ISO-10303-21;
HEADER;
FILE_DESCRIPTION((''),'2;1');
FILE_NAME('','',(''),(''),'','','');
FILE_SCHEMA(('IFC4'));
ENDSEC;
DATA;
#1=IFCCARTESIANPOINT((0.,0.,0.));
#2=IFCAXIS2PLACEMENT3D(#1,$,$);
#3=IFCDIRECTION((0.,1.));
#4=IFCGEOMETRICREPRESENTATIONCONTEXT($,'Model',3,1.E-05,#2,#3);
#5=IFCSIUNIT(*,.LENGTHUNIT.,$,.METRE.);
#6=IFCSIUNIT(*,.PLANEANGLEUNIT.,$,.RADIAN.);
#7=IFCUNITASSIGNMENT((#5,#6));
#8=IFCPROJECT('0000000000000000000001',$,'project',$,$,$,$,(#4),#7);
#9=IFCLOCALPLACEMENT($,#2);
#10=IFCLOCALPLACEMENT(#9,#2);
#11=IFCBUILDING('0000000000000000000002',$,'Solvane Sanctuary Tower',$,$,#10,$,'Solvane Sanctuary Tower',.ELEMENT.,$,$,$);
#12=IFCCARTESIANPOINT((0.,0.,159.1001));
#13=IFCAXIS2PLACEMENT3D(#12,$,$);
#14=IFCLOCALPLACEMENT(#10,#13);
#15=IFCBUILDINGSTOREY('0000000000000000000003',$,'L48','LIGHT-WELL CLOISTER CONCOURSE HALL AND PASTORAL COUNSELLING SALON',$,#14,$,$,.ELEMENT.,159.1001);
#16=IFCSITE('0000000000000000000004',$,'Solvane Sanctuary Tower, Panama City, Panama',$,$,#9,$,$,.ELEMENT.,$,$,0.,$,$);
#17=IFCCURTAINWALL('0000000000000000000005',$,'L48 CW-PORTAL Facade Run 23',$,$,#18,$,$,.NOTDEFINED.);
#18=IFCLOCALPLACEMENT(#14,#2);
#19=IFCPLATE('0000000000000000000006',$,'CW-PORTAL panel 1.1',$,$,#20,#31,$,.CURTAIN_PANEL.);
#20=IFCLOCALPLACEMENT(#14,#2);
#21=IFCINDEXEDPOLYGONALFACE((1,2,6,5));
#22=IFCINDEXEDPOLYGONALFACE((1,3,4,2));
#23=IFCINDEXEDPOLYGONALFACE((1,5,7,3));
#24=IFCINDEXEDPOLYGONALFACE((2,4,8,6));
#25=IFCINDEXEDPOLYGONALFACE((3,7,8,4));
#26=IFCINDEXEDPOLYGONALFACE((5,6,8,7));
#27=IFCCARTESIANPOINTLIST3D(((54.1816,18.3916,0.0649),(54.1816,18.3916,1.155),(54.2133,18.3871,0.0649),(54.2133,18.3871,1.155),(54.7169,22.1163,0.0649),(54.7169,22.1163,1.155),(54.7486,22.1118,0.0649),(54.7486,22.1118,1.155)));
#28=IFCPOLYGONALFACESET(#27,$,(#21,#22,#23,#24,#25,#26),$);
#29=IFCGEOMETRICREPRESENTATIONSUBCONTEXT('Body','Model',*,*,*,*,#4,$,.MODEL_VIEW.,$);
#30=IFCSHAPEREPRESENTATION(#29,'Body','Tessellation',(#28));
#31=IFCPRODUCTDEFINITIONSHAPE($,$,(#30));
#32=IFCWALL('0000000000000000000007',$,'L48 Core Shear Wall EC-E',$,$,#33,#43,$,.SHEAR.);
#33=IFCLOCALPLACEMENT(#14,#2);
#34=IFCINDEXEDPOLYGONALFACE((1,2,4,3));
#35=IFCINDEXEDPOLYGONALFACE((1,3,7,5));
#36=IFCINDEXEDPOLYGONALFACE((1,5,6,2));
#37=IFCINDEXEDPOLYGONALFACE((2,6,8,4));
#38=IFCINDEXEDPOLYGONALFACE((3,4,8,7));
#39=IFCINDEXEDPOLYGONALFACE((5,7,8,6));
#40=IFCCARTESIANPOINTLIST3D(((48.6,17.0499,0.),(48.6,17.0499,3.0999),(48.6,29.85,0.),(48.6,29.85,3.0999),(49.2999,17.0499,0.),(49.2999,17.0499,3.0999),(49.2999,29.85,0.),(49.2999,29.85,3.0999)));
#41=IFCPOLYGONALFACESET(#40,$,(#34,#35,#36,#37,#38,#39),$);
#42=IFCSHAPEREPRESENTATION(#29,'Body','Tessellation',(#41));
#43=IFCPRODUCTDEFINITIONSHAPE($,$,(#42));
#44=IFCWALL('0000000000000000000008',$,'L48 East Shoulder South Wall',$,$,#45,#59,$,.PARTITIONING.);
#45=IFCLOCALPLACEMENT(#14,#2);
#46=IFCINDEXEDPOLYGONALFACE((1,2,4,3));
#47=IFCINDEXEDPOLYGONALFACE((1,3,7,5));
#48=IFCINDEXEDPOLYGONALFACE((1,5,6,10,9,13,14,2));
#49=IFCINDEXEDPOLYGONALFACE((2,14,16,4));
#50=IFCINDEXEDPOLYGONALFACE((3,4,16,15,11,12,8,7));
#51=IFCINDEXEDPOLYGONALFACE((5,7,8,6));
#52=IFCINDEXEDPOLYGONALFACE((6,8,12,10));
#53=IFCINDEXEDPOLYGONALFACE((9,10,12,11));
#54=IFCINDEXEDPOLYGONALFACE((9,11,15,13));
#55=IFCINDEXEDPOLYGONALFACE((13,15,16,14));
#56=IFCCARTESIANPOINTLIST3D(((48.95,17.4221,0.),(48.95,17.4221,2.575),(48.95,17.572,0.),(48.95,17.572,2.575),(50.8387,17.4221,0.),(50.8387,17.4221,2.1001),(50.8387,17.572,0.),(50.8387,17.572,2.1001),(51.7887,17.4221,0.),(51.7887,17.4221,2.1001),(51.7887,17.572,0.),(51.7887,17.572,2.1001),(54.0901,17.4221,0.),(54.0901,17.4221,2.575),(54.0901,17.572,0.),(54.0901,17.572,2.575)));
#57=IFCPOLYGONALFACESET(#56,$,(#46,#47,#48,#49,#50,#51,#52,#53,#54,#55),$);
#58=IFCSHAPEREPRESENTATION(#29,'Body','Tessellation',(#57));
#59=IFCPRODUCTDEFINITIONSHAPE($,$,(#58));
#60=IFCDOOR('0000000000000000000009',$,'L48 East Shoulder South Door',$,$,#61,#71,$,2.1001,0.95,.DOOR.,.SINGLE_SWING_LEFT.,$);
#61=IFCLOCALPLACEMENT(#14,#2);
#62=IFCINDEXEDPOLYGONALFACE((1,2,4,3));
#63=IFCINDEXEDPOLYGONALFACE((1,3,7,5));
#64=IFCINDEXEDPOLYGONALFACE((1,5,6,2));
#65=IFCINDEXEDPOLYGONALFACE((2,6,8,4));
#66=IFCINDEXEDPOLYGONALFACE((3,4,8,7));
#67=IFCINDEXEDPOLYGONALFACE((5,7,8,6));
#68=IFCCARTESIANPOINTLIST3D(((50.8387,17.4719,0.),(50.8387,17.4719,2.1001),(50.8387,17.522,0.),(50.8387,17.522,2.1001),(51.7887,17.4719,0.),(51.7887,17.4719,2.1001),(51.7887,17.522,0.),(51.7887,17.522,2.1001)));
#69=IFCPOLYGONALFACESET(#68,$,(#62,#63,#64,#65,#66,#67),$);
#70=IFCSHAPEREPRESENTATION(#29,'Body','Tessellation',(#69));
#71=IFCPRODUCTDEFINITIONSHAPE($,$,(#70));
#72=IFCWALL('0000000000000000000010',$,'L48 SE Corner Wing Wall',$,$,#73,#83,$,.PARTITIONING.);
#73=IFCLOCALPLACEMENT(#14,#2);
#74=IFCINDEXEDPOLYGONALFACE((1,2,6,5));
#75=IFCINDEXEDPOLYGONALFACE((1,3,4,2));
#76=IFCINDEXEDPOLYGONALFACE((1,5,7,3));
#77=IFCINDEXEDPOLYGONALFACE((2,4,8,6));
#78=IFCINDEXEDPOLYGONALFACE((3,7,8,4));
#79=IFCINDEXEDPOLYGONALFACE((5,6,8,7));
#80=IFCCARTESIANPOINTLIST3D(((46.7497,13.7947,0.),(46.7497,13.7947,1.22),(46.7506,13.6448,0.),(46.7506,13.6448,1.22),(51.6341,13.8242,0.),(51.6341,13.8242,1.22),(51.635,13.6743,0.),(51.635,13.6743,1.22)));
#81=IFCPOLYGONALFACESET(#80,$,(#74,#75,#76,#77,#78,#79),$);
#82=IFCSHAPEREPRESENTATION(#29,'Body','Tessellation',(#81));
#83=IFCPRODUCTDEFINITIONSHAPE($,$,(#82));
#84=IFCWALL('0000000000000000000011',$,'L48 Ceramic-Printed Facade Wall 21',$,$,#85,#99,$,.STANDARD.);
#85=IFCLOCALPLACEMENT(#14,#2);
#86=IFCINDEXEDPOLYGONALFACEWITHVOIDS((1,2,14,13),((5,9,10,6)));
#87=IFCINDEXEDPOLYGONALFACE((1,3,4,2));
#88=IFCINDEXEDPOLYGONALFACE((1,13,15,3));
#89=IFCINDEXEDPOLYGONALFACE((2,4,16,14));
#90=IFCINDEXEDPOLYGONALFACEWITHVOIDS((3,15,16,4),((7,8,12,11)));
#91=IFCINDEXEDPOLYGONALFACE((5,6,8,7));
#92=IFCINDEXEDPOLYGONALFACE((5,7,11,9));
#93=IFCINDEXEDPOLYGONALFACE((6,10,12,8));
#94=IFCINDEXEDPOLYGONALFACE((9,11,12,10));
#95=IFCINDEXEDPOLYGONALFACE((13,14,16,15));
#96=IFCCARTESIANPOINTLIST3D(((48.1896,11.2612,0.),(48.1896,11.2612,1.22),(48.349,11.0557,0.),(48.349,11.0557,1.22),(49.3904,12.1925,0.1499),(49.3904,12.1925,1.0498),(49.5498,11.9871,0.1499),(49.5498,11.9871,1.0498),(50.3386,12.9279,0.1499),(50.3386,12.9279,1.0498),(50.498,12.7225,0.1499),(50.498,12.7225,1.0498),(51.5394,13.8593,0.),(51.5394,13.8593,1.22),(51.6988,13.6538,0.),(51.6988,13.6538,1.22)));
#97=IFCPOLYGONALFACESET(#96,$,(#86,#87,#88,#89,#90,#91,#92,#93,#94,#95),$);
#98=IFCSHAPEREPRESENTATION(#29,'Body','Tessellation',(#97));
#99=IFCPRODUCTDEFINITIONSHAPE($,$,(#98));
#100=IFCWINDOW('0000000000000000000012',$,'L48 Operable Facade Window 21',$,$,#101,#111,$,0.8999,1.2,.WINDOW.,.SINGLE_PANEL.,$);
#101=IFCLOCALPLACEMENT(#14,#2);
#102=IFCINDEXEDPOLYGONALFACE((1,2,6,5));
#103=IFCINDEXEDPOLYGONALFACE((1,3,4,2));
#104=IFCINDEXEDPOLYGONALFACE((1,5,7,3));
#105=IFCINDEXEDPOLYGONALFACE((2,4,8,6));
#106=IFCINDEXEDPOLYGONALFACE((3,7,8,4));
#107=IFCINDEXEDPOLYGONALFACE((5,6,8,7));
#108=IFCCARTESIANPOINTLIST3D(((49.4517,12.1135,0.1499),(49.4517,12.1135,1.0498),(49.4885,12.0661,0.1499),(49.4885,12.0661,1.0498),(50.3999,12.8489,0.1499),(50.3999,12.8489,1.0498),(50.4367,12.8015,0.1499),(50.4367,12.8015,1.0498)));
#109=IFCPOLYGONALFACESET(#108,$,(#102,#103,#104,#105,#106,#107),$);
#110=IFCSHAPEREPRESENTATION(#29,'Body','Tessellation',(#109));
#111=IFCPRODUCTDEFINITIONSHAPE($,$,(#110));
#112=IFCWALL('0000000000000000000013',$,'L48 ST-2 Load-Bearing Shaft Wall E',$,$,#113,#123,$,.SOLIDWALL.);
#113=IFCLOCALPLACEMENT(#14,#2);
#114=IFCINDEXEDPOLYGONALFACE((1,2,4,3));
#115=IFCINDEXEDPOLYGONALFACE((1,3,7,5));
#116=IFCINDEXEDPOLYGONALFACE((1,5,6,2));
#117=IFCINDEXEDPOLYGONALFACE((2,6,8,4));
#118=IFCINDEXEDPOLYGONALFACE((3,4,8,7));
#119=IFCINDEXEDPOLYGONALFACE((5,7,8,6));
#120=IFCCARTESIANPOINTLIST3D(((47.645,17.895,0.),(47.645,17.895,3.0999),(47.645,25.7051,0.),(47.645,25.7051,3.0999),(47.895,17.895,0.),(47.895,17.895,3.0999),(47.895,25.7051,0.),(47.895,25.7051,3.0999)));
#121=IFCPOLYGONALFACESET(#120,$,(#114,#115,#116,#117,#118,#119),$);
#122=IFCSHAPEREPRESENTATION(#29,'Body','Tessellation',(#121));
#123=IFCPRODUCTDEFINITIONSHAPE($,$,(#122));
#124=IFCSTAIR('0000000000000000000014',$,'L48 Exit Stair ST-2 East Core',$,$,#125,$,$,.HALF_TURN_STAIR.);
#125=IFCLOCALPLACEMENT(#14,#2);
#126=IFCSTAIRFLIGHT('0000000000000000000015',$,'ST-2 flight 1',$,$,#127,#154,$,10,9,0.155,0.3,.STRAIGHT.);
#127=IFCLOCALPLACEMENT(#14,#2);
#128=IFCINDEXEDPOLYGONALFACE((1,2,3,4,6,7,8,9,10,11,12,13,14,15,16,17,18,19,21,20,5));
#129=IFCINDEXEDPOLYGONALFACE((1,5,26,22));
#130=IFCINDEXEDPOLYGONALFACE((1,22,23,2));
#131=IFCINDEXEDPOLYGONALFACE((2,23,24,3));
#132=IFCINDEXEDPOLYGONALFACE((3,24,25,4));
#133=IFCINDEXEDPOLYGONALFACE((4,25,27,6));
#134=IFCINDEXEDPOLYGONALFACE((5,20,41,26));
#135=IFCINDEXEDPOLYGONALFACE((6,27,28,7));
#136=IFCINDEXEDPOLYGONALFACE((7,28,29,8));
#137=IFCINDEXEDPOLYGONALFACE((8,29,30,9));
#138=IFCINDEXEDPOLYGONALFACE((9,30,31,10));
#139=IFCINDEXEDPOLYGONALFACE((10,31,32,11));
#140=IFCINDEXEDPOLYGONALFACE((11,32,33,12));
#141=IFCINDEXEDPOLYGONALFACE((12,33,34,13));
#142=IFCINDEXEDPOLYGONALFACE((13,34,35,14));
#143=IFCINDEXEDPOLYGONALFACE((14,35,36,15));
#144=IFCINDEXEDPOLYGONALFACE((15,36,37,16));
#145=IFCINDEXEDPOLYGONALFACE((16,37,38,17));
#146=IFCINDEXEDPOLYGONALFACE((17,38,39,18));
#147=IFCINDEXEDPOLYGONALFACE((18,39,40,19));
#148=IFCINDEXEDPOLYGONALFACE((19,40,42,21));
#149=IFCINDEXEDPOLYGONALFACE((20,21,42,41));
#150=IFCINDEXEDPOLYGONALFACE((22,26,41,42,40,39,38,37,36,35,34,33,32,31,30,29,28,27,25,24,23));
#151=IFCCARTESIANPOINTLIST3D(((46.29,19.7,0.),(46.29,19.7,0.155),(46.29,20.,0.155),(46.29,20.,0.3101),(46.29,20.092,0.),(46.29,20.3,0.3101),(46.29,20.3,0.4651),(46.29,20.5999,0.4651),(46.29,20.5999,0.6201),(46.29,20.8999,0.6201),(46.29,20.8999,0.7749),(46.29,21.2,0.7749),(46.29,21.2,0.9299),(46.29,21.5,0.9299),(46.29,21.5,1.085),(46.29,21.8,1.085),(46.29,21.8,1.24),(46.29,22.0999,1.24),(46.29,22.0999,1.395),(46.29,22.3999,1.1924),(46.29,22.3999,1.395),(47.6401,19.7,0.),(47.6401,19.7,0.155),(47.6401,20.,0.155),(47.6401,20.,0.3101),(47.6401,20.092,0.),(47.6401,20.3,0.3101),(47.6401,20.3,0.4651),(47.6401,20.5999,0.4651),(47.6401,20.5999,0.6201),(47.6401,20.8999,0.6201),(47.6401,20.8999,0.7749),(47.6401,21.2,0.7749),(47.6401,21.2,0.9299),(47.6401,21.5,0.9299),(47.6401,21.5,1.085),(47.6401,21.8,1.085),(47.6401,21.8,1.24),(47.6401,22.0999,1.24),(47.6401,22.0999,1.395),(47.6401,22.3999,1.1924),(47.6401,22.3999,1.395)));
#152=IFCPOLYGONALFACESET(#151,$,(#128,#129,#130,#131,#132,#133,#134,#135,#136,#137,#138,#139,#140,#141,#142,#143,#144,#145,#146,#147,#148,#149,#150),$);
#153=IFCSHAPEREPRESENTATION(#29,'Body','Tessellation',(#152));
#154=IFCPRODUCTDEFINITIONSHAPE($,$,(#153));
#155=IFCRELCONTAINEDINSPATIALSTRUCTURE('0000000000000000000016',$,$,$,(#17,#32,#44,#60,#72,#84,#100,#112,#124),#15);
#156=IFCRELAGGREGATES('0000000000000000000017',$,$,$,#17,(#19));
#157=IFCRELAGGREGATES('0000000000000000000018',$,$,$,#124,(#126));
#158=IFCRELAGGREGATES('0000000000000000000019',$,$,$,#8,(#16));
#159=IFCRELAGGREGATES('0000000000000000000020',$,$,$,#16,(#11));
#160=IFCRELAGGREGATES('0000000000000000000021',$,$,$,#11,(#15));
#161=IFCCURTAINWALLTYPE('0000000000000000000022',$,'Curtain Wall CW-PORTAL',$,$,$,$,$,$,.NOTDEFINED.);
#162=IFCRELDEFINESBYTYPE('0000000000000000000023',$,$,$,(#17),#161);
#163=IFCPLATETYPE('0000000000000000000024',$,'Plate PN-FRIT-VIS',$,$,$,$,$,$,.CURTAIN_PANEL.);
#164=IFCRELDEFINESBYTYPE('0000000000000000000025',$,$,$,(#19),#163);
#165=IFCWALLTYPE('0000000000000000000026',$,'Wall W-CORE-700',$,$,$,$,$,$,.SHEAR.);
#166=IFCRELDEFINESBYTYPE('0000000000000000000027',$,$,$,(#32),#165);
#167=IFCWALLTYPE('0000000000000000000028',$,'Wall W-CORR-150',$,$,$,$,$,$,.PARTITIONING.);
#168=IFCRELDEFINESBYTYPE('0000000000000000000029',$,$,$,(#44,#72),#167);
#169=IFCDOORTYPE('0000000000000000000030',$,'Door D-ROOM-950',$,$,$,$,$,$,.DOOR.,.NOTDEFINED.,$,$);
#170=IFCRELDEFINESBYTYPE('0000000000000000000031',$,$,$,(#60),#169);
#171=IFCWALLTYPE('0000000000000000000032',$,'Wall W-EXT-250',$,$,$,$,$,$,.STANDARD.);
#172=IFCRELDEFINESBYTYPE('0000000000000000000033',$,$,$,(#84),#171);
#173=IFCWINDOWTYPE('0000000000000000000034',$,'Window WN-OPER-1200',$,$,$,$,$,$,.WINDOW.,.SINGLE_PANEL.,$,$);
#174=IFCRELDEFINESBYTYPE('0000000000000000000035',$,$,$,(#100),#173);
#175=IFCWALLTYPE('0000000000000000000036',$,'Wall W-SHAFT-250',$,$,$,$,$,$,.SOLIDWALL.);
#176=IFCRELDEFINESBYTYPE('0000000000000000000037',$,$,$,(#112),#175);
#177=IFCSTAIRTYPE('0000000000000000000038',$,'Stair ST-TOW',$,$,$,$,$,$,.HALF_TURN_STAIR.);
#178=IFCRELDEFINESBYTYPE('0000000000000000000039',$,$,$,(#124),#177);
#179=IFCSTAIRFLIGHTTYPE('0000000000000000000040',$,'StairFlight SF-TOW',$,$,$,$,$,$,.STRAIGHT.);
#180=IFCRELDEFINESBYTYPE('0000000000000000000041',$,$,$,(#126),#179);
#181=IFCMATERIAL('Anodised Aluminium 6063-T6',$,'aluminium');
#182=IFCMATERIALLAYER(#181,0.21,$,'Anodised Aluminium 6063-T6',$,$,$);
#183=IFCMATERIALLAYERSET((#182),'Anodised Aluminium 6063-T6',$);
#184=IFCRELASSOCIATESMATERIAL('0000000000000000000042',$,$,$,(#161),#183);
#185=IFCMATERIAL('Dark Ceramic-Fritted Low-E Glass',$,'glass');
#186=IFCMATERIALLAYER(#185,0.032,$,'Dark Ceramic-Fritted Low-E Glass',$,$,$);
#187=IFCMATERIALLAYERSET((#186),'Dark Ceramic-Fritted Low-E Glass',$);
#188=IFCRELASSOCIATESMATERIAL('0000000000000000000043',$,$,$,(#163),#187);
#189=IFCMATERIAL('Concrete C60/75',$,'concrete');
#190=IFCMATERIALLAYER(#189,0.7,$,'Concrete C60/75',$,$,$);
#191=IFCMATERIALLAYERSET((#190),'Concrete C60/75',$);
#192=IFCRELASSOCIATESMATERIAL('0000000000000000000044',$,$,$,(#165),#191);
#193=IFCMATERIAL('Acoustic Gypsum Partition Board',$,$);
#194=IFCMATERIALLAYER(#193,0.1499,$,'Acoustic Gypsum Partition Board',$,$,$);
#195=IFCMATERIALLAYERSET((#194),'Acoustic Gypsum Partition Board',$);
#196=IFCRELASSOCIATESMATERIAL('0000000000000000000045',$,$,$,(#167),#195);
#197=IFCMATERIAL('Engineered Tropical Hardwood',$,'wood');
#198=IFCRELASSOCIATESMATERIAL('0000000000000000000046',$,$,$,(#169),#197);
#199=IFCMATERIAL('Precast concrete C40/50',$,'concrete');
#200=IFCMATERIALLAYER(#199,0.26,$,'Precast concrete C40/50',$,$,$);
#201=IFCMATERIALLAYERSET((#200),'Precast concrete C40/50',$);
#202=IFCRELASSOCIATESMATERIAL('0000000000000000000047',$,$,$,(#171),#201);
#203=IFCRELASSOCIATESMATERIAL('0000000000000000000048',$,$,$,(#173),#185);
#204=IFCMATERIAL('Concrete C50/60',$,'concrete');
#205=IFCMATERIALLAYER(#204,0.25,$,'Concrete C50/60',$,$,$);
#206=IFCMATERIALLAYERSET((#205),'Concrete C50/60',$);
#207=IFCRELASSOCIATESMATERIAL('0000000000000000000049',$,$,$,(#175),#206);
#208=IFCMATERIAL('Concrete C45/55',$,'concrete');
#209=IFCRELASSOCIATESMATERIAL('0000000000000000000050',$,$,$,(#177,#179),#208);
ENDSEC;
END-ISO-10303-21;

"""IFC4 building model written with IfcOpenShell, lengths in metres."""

from ifc_helpers import new_model, si_unit, direction, frame, frame_2d, origin, origin_2d, place, context, subcontext, project, spatial, polyline, rectangle, outline, extrude, material, layer, layer_set, type_object, element, fill, aggregate, save


model = new_model("IFC4")

# Units and contexts
model_context = context("Model", 3, precision=1e-05, world=origin(), true_north=direction((0.0, 1.0)))
body_context = subcontext(model_context, "Body", "Model", "MODEL_VIEW")
ifc_project = project(units=[si_unit("LENGTHUNIT", "METRE"), si_unit("PLANEANGLEUNIT", "RADIAN")], contexts=[model_context])

# Site, building, storey
site_placement = place(None, origin())
site = spatial("IfcSite", under=ifc_project, at=site_placement, Name="Solvane Sanctuary Tower, Panama City, Panama", CompositionType="ELEMENT", RefElevation=0.0)
building_placement = place(site_placement, origin())
building = spatial("IfcBuilding", under=site, at=building_placement, Name="Solvane Sanctuary Tower", LongName="Solvane Sanctuary Tower", CompositionType="ELEMENT")
storey_placement = place(building_placement, frame((0.0, 0.0, 159.1001)))
storey = spatial("IfcBuildingStorey", under=building, at=storey_placement, Name="L48", Description="LIGHT-WELL CLOISTER CONCOURSE HALL AND PASTORAL COUNSELLING SALON", CompositionType="ELEMENT", Elevation=159.1001)

# Shared definitions
ifc_material_1 = material(Name="Concrete C60/75", Category="concrete")

# Shared definitions
ifc_material_2 = material(Name="Anodised Aluminium 6063-T6", Category="aluminium")
ifc_layer_1 = layer(ifc_material_2, 0.21, Name="Anodised Aluminium 6063-T6")
ifc_layer_set_1 = layer_set([ifc_layer_1], Name="Anodised Aluminium 6063-T6")
curtain_wall_type = type_object("IfcCurtainWallType", Name="Curtain Wall CW-PORTAL", PredefinedType="NOTDEFINED", material=ifc_layer_set_1)

# Curtain wall
curtain_wall_1_placement = place(storey_placement, origin())
curtain_wall_1 = element("IfcCurtainWall", 1, at=curtain_wall_1_placement, inside=storey, type_object=curtain_wall_type, Name="L48 CW-PORTAL Facade Run 23", PredefinedType="NOTDEFINED")

# Plate
ifc_material_3 = material(Name="Dark Ceramic-Fritted Low-E Glass", Category="glass")
ifc_layer_2 = layer(ifc_material_3, 0.032, Name="Dark Ceramic-Fritted Low-E Glass")
ifc_layer_set_2 = layer_set([ifc_layer_2], Name="Dark Ceramic-Fritted Low-E Glass")
plate_type = type_object("IfcPlateType", Name="Plate PN-FRIT-VIS", PredefinedType="CURTAIN_PANEL", material=ifc_layer_set_2)
plate_1_placement = place(storey_placement, frame((54.4651, 20.2517, 0.0649), z_axis=(0.0, 0.0, 1.0), x_axis=(0.142248, 0.989831, 0.0)))
plate_1 = element("IfcPlate", 2, at=plate_1_placement, type_object=plate_type, Name="CW-PORTAL panel 1.1", PredefinedType="CURTAIN_PANEL", context=body_context, shape_type="SweptSolid", body=[
    extrude(rectangle(XDim=3.7629, YDim=0.032, at=origin_2d()), origin(), (0.0, 0.0, 1.0), 1.0901),
])
aggregate(curtain_wall_1, [plate_1])

# Wall
ifc_layer_3 = layer(ifc_material_1, 0.7, Name="Concrete C60/75")
ifc_layer_set_3 = layer_set([ifc_layer_3], Name="Concrete C60/75")
wall_type_1 = type_object("IfcWallType", Name="Wall W-CORE-700", PredefinedType="SHEAR", material=ifc_layer_set_3)
wall_1_placement = place(storey_placement, frame((48.95, 17.05, 0.0), z_axis=(0.0, 0.0, 1.0), x_axis=(0.0, 1.0, 0.0)))
element("IfcWall", 3, at=wall_1_placement, inside=storey, type_object=wall_type_1, Name="L48 Core Shear Wall EC-E", PredefinedType="SHEAR", context=body_context, shape_type="SweptSolid", body=[
    extrude(rectangle(XDim=12.8, YDim=0.7, at=frame_2d((6.3999, 0.0))), origin(), (0.0, 0.0, 1.0), 3.0999),
])

# Wall, opening, door
ifc_material_4 = material(Name="Acoustic Gypsum Partition Board")
ifc_layer_4 = layer(ifc_material_4, 0.1499, Name="Acoustic Gypsum Partition Board")
ifc_layer_set_4 = layer_set([ifc_layer_4], Name="Acoustic Gypsum Partition Board")
wall_type_2 = type_object("IfcWallType", Name="Wall W-CORR-150", PredefinedType="PARTITIONING", material=ifc_layer_set_4)
wall_2_placement = place(storey_placement, frame((48.95, 17.4971, 0.0), z_axis=(0.0, 0.0, 1.0), x_axis=(1.0, 0.0, 0.0)))
wall_2 = element("IfcWall", 4, at=wall_2_placement, inside=storey, type_object=wall_type_2, Name="L48 East Shoulder South Wall", PredefinedType="PARTITIONING", context=body_context, shape_type="SweptSolid", body=[
    extrude(rectangle(XDim=5.1401, YDim=0.1499, at=frame_2d((2.5701, 0.0))), origin(), (0.0, 0.0, 1.0), 2.575),
])
opening_1_placement = place(wall_2_placement, frame((1.8887, 0.0, 0.0)))
opening_1 = element("IfcOpeningElement", 5, at=opening_1_placement, cuts=wall_2, PredefinedType="OPENING", context=body_context, shape_type="SweptSolid", body=[
    extrude(rectangle(XDim=0.95, YDim=2.1001, at=frame_2d((0.4751, 1.05))), frame((0.0, 0.085, 0.0), z_axis=(0.0, -1.0, 0.0), x_axis=(1.0, 0.0, 0.0)), (0.0, 0.0, 1.0), 0.1699),
])
ifc_material_5 = material(Name="Engineered Tropical Hardwood", Category="wood")
door_type = type_object("IfcDoorType", Name="Door D-ROOM-950", OperationType="NOTDEFINED", PredefinedType="DOOR", material=ifc_material_5)
door_placement = place(opening_1_placement, origin())
door = element("IfcDoor", 6, at=door_placement, inside=storey, type_object=door_type, Name="L48 East Shoulder South Door", OperationType="SINGLE_SWING_LEFT", OverallHeight=2.1001, OverallWidth=0.95, PredefinedType="DOOR", context=body_context, shape_type="SweptSolid", body=[
    extrude(rectangle(XDim=0.95, YDim=2.1001, at=frame_2d((0.4751, 1.05))), frame((0.0, 0.0249, 0.0), z_axis=(0.0, -1.0, 0.0), x_axis=(1.0, 0.0, 0.0)), (0.0, 0.0, 1.0), 0.05),
])
fill(opening_1, door)

# Wall
wall_3_placement = place(storey_placement, frame((46.75, 13.7197, 0.0), z_axis=(0.0, 0.0, 1.0), x_axis=(0.999982, 0.006048, 0.0)))
element("IfcWall", 7, at=wall_3_placement, inside=storey, type_object=wall_type_2, Name="L48 SE Corner Wing Wall", PredefinedType="PARTITIONING", context=body_context, shape_type="SweptSolid", body=[
    extrude(rectangle(XDim=4.8845, YDim=0.1499, at=frame_2d((2.4424, 0.0))), origin(), (0.0, 0.0, 1.0), 1.22),
])

# Wall, opening, window
ifc_material_6 = material(Name="Precast concrete C40/50", Category="concrete")
ifc_layer_5 = layer(ifc_material_6, 0.26, Name="Precast concrete C40/50")
ifc_layer_set_5 = layer_set([ifc_layer_5], Name="Precast concrete C40/50")
wall_type_3 = type_object("IfcWallType", Name="Wall W-EXT-250", PredefinedType="STANDARD", material=ifc_layer_set_5)
wall_4_placement = place(storey_placement, frame((48.2693, 11.1584, 0.0), z_axis=(0.0, 0.0, 1.0), x_axis=(0.790186, 0.612868, 0.0)))
wall_4 = element("IfcWall", 8, at=wall_4_placement, inside=storey, type_object=wall_type_3, Name="L48 Ceramic-Printed Facade Wall 21", PredefinedType="STANDARD", context=body_context, shape_type="SweptSolid", body=[
    extrude(rectangle(XDim=4.2393, YDim=0.26, at=frame_2d((2.1196, 0.0))), origin(), (0.0, 0.0, 1.0), 1.22),
])
opening_2_placement = place(wall_4_placement, frame((1.5195, 0.0, 0.1499)))
opening_2 = element("IfcOpeningElement", 9, at=opening_2_placement, cuts=wall_4, PredefinedType="OPENING", context=body_context, shape_type="SweptSolid", body=[
    extrude(rectangle(XDim=1.2, YDim=0.8999, at=frame_2d((0.6001, 0.45))), frame((0.0, 0.1399, 0.0), z_axis=(0.0, -1.0, 0.0), x_axis=(1.0, 0.0, 0.0)), (0.0, 0.0, 1.0), 0.28),
])
window_type = type_object("IfcWindowType", Name="Window WN-OPER-1200", PartitioningType="SINGLE_PANEL", PredefinedType="WINDOW", material=ifc_material_3)
window_placement = place(opening_2_placement, origin())
window = element("IfcWindow", 10, at=window_placement, inside=storey, type_object=window_type, Name="L48 Operable Facade Window 21", OverallHeight=0.8999, OverallWidth=1.2, PartitioningType="SINGLE_PANEL", PredefinedType="WINDOW", context=body_context, shape_type="SweptSolid", body=[
    extrude(rectangle(XDim=1.2, YDim=0.8999, at=frame_2d((0.6001, 0.45))), frame((0.0, 0.03, 0.0), z_axis=(0.0, -1.0, 0.0), x_axis=(1.0, 0.0, 0.0)), (0.0, 0.0, 1.0), 0.0601),
])
fill(opening_2, window)

# Wall
ifc_material_7 = material(Name="Concrete C50/60", Category="concrete")
ifc_layer_6 = layer(ifc_material_7, 0.25, Name="Concrete C50/60")
ifc_layer_set_6 = layer_set([ifc_layer_6], Name="Concrete C50/60")
wall_type_4 = type_object("IfcWallType", Name="Wall W-SHAFT-250", PredefinedType="SOLIDWALL", material=ifc_layer_set_6)
wall_5_placement = place(storey_placement, frame((47.77, 17.895, 0.0), z_axis=(0.0, 0.0, 1.0), x_axis=(0.0, 1.0, 0.0)))
element("IfcWall", 11, at=wall_5_placement, inside=storey, type_object=wall_type_4, Name="L48 ST-2 Load-Bearing Shaft Wall E", PredefinedType="SOLIDWALL", context=body_context, shape_type="SweptSolid", body=[
    extrude(rectangle(XDim=7.8101, YDim=0.25, at=frame_2d((3.905, 0.0))), origin(), (0.0, 0.0, 1.0), 3.0999),
])

# Stair, stair flight
ifc_material_8 = material(Name="Concrete C45/55", Category="concrete")
stair_type = type_object("IfcStairType", Name="Stair ST-TOW", PredefinedType="HALF_TURN_STAIR", material=ifc_material_8)
stair_placement = place(storey_placement, origin())
stair = element("IfcStair", 12, at=stair_placement, inside=storey, type_object=stair_type, Name="L48 Exit Stair ST-2 East Core", PredefinedType="HALF_TURN_STAIR")
stair_flight_type = type_object("IfcStairFlightType", Name="StairFlight SF-TOW", PredefinedType="STRAIGHT", material=ifc_material_8)
stair_flight_placement = place(storey_placement, frame((46.9651, 19.7, 0.0), z_axis=(0.0, 0.0, 1.0), x_axis=(0.0, 1.0, 0.0)))
stair_flight = element("IfcStairFlight", 13, at=stair_flight_placement, type_object=stair_flight_type, Name="ST-2 flight 1", NumberOfRisers=10, NumberOfTreads=9, PredefinedType="STRAIGHT", RiserHeight=0.155, TreadLength=0.3, context=body_context, shape_type="SweptSolid", body=[
    extrude(outline(polyline([(0.0, 0.0), (0.0, 0.155), (0.3, 0.155), (0.3, 0.3101), (0.6001, 0.3101), (0.6001, 0.4651), (0.8999, 0.4651), (0.8999, 0.6201), (1.2, 0.6201), (1.2, 0.7749), (1.5, 0.7749), (1.5, 0.9299), (1.8, 0.9299), (1.8, 1.085), (2.1001, 1.085), (2.1001, 1.24), (2.3999, 1.24), (2.3999, 1.395), (2.7, 1.395), (2.7, 1.55), (2.7, 1.1924), (0.3921, 0.0), (0.0, 0.0)])), frame((0.0, 0.675, 0.0), z_axis=(0.0, -1.0, 0.0), x_axis=(1.0, 0.0, 0.0)), (0.0, 0.0, 1.0), 1.3501),
])
aggregate(stair, [stair_flight])

save(model, "model.ifc")
